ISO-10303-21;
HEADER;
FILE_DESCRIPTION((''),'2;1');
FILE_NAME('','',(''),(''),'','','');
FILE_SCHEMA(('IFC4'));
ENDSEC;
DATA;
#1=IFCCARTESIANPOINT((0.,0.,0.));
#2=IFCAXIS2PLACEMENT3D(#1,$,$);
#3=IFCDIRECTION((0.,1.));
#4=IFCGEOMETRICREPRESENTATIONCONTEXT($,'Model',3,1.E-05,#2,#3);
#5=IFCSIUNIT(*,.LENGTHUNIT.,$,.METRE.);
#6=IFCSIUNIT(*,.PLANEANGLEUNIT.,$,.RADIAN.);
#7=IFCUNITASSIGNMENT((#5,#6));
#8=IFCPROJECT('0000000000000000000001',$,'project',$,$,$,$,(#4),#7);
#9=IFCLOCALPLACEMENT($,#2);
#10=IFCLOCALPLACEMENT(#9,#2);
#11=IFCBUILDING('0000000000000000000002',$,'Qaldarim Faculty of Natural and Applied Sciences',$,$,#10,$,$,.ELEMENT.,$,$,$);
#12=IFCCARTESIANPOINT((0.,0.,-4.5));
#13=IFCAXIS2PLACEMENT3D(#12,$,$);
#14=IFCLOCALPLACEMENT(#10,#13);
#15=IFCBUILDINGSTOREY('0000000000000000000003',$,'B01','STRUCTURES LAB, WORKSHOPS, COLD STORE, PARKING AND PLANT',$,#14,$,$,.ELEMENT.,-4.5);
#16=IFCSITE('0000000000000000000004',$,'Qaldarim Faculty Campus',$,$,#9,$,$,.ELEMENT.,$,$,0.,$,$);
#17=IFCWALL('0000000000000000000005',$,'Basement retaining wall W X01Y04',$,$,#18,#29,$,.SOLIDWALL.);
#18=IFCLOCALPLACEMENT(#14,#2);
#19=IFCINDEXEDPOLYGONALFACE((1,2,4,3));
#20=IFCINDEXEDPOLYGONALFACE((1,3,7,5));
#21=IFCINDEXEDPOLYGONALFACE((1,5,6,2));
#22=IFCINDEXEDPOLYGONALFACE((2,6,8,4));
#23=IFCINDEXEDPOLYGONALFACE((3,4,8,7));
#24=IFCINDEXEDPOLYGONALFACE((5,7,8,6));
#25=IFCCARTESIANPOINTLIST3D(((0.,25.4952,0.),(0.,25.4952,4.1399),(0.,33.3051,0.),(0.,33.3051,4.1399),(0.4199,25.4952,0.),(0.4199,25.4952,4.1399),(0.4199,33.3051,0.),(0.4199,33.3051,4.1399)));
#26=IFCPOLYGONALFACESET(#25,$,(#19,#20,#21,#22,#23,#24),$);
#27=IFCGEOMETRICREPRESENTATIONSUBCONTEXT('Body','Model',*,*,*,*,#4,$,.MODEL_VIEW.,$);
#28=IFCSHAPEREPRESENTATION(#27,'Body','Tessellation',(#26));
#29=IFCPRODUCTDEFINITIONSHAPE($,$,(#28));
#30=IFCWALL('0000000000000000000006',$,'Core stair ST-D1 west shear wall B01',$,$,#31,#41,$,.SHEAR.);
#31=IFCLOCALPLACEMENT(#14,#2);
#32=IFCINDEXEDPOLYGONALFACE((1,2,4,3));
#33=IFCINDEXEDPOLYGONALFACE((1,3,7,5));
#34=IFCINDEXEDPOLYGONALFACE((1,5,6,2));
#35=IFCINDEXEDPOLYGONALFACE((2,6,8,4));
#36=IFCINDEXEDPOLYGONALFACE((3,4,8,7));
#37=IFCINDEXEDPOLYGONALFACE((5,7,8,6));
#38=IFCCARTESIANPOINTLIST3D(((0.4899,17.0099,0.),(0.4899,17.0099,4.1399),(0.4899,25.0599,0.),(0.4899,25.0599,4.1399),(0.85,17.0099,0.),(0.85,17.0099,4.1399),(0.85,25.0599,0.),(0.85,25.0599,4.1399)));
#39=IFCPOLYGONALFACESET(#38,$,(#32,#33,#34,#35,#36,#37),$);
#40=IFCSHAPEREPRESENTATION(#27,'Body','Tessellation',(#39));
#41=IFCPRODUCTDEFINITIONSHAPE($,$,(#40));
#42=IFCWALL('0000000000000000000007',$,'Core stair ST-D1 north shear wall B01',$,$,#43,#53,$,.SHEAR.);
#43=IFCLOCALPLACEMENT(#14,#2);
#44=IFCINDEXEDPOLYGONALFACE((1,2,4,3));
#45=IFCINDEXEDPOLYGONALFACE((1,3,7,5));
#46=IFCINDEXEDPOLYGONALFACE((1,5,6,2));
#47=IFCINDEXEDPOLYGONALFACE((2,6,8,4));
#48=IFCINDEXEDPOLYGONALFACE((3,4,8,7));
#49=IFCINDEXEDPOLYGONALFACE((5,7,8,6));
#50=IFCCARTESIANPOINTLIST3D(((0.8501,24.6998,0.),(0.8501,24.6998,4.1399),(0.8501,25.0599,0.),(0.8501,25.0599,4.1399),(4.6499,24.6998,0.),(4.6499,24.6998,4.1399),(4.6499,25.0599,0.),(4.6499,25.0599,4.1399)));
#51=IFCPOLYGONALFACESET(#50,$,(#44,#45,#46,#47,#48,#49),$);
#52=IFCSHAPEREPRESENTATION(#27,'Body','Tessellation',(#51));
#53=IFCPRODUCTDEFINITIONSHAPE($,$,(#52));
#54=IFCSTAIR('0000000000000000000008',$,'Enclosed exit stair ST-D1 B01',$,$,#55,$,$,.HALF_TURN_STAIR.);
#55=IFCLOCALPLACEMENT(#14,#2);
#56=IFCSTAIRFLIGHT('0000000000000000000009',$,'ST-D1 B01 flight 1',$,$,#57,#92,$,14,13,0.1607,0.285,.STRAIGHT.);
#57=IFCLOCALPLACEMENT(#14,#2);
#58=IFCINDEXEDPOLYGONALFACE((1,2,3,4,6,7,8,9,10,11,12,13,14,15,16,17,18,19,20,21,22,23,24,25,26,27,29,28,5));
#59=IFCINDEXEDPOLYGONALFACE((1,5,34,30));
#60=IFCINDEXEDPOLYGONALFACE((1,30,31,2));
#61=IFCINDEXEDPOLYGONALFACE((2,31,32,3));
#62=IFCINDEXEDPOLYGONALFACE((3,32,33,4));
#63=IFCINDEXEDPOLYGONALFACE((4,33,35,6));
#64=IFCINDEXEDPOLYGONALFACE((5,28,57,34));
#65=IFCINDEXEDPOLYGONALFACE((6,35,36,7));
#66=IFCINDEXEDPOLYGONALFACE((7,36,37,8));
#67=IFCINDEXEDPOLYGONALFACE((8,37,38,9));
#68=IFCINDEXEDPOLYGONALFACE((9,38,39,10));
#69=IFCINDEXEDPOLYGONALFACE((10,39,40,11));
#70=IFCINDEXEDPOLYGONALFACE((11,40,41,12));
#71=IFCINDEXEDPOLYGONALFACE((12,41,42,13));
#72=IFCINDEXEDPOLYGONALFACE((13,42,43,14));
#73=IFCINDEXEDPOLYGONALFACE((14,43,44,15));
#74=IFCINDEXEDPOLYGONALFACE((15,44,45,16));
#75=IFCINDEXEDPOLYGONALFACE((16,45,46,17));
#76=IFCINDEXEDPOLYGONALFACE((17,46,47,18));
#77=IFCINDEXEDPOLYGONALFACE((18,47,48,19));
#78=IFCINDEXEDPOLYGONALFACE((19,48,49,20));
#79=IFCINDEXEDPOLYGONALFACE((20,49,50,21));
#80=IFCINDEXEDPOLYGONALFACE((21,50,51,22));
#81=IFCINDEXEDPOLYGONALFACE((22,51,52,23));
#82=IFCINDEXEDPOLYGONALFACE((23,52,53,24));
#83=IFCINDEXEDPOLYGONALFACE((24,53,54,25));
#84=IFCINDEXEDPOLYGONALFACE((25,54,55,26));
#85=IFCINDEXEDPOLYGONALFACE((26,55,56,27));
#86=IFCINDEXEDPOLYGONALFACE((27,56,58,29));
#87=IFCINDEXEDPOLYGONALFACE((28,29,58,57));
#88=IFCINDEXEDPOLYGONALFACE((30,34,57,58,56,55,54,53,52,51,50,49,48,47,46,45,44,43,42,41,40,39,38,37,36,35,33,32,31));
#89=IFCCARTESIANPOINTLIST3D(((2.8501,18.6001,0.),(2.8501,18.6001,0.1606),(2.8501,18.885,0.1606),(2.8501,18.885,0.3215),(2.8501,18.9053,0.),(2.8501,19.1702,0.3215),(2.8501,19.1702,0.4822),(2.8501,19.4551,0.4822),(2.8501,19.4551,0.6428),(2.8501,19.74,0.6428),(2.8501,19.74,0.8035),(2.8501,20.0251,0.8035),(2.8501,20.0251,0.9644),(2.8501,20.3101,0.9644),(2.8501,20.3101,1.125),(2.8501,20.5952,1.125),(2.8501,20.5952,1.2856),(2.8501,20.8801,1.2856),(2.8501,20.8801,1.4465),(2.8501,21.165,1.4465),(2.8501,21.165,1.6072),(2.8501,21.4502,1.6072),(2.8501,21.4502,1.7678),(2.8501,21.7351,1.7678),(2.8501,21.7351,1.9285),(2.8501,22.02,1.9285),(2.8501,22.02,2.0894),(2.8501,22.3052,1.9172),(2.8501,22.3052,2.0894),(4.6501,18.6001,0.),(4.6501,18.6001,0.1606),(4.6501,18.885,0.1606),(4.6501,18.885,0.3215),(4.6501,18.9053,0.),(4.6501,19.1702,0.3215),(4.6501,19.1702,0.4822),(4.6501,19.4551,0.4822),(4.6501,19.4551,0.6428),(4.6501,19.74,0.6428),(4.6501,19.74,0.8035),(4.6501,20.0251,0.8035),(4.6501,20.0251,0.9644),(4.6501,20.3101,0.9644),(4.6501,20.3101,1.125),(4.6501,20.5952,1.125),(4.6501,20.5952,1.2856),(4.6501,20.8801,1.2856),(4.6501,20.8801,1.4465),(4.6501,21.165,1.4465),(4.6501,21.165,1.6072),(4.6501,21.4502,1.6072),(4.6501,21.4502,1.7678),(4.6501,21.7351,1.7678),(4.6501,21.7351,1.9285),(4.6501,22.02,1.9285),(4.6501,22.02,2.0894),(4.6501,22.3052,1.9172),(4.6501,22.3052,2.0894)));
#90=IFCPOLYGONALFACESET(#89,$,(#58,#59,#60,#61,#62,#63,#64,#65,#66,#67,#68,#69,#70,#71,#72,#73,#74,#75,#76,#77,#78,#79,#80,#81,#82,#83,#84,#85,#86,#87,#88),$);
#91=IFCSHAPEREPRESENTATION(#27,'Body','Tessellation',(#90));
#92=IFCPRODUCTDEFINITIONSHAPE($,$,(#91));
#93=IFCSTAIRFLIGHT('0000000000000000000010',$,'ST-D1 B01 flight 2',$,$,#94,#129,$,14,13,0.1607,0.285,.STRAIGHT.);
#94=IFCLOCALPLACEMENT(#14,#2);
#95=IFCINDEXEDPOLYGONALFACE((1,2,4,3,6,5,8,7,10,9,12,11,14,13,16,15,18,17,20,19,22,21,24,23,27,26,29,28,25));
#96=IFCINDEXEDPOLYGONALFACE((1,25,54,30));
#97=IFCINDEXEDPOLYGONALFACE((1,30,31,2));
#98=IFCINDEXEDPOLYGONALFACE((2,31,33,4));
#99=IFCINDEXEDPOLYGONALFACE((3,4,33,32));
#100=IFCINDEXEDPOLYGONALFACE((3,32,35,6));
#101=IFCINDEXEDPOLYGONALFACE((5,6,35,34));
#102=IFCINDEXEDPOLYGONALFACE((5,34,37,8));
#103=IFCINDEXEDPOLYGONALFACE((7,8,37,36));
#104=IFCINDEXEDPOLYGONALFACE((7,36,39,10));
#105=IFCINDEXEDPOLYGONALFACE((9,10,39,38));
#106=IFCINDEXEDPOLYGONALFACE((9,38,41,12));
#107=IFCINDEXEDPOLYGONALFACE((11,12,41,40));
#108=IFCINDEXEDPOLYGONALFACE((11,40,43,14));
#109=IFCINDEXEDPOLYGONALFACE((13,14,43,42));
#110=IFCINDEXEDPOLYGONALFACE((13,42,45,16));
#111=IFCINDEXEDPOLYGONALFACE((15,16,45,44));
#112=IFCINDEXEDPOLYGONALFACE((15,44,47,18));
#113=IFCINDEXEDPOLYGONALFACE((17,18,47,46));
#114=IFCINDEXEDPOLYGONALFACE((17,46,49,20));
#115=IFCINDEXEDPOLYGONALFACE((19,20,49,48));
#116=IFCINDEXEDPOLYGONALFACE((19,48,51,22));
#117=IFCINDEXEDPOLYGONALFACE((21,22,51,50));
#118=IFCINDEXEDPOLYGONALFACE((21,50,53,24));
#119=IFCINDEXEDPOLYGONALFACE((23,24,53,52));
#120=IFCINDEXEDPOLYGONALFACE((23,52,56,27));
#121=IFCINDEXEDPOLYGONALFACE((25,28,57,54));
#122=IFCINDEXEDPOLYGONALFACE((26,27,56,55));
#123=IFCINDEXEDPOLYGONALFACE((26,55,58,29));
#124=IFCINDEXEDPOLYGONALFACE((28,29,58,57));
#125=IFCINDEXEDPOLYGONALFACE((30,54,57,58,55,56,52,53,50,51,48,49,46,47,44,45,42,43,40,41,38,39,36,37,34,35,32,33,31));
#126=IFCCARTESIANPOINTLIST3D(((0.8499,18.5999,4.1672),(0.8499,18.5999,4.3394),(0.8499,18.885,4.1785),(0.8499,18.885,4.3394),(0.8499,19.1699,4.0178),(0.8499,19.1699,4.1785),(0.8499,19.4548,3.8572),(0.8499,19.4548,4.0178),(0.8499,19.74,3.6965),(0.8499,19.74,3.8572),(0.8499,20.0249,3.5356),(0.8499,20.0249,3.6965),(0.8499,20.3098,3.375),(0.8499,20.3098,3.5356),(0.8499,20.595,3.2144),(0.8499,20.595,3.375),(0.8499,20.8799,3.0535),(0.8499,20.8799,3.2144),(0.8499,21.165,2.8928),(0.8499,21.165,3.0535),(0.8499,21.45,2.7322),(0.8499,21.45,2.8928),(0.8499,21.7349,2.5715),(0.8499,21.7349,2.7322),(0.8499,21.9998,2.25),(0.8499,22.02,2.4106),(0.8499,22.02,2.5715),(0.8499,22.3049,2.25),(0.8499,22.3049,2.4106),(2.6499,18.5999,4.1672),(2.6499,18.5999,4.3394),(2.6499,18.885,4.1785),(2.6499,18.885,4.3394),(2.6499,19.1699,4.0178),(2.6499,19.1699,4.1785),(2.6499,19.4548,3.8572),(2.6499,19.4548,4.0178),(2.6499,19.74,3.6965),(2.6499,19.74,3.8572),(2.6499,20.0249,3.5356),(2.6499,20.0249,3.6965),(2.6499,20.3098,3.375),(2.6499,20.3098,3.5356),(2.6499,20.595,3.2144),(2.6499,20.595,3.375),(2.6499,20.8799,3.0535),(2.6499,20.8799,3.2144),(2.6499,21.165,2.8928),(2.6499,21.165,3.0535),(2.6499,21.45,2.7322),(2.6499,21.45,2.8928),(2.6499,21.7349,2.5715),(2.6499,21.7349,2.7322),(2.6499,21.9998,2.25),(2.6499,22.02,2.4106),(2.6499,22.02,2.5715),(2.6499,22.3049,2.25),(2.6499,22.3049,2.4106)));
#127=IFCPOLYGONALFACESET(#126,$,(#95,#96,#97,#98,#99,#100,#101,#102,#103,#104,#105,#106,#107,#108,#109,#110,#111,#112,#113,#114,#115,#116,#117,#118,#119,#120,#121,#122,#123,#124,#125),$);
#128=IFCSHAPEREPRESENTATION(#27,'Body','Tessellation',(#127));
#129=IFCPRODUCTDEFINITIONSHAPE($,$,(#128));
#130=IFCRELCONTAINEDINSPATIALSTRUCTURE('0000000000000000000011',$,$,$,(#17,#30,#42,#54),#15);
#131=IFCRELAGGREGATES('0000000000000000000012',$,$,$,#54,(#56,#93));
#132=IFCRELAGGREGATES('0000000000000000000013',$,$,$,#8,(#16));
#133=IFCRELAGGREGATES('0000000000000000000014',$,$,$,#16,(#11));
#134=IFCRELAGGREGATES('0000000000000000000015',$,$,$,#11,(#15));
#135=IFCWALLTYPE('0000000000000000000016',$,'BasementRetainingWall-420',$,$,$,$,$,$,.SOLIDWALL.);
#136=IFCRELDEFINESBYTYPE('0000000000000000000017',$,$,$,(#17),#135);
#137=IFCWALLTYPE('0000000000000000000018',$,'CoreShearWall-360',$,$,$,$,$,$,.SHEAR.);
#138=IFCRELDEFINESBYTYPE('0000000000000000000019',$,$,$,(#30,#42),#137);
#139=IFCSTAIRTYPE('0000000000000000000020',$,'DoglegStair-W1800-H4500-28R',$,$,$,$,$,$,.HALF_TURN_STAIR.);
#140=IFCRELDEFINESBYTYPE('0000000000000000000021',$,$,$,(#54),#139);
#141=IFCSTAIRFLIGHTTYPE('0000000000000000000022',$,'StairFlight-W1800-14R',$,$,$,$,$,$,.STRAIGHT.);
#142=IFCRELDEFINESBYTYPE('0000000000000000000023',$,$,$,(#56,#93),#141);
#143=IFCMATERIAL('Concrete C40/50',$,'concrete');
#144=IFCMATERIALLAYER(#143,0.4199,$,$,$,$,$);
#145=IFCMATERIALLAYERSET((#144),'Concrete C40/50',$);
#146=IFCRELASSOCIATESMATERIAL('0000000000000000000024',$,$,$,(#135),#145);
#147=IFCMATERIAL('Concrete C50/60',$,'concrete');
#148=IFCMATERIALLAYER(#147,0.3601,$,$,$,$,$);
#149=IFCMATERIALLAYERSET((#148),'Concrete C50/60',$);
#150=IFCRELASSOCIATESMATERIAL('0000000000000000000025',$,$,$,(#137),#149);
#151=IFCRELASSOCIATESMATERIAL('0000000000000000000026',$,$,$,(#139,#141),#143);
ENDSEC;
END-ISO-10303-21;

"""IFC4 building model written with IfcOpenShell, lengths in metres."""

from ifc_helpers import new_model, si_unit, direction, frame, frame_2d, origin, place, context, subcontext, project, spatial, polyline, rectangle, outline, extrude, material, layer, layer_set, type_object, element, aggregate, save


model = new_model("IFC4")

# Units and contexts
model_context = context("Model", 3, precision=1e-05, world=origin(), true_north=direction((0.0, 1.0)))
body_context = subcontext(model_context, "Body", "Model", "MODEL_VIEW")
ifc_project = project(units=[si_unit("LENGTHUNIT", "METRE"), si_unit("PLANEANGLEUNIT", "RADIAN")], contexts=[model_context])

# Site, building, storey
site_placement = place(None, origin())
site = spatial("IfcSite", under=ifc_project, at=site_placement, Name="Qaldarim Faculty Campus", CompositionType="ELEMENT", RefElevation=0.0)
building_placement = place(site_placement, origin())
building = spatial("IfcBuilding", under=site, at=building_placement, Name="Qaldarim Faculty of Natural and Applied Sciences", CompositionType="ELEMENT")
storey_placement = place(building_placement, frame((0.0, 0.0, -4.5)))
storey = spatial("IfcBuildingStorey", under=building, at=storey_placement, Name="B01", Description="STRUCTURES LAB, WORKSHOPS, COLD STORE, PARKING AND PLANT", CompositionType="ELEMENT", Elevation=-4.5)

# Shared definitions
ifc_material_1 = material(Name="Concrete C40/50", Category="concrete")

# Shared definitions
ifc_material_2 = material(Name="Concrete C50/60", Category="concrete")

# Walls
ifc_layer_1 = layer(ifc_material_1, 0.4199)
ifc_layer_set_1 = layer_set([ifc_layer_1], Name="Concrete C40/50")
wall_type_1 = type_object("IfcWallType", Name="BasementRetainingWall-420", PredefinedType="SOLIDWALL", material=ifc_layer_set_1)
wall_1_placement = place(storey_placement, frame((0.21, 33.3049, 0.0), z_axis=(0.0, 0.0, 1.0), x_axis=(0.0, -1.0, 0.0)))
element("IfcWall", 1, at=wall_1_placement, inside=storey, type_object=wall_type_1, Name="Basement retaining wall W X01Y04", PredefinedType="SOLIDWALL", context=body_context, shape_type="SweptSolid", body=[
    extrude(rectangle(XDim=7.8098, YDim=0.4199, at=frame_2d((3.9048, 0.0))), origin(), (0.0, 0.0, 1.0), 4.1399),
])
ifc_layer_2 = layer(ifc_material_2, 0.3601)
ifc_layer_set_2 = layer_set([ifc_layer_2], Name="Concrete C50/60")
wall_type_2 = type_object("IfcWallType", Name="CoreShearWall-360", PredefinedType="SHEAR", material=ifc_layer_set_2)
wall_2_placement = place(storey_placement, frame((0.6699, 17.01, 0.0), z_axis=(0.0, 0.0, 1.0), x_axis=(0.0, 1.0, 0.0)))
element("IfcWall", 2, at=wall_2_placement, inside=storey, type_object=wall_type_2, Name="Core stair ST-D1 west shear wall B01", PredefinedType="SHEAR", context=body_context, shape_type="SweptSolid", body=[
    extrude(rectangle(XDim=8.05, YDim=0.3601, at=frame_2d((4.0249, 0.0))), origin(), (0.0, 0.0, 1.0), 4.1399),
])
wall_3_placement = place(storey_placement, frame((0.8501, 24.8799, 0.0), z_axis=(0.0, 0.0, 1.0), x_axis=(1.0, 0.0, 0.0)))
element("IfcWall", 3, at=wall_3_placement, inside=storey, type_object=wall_type_2, Name="Core stair ST-D1 north shear wall B01", PredefinedType="SHEAR", context=body_context, shape_type="SweptSolid", body=[
    extrude(rectangle(XDim=3.7998, YDim=0.3601, at=frame_2d((1.8999, 0.0))), origin(), (0.0, 0.0, 1.0), 4.1399),
])

# Stair, stair flights
stair_type = type_object("IfcStairType", Name="DoglegStair-W1800-H4500-28R", PredefinedType="HALF_TURN_STAIR", material=ifc_material_1)
stair_placement = place(storey_placement, origin())
stair = element("IfcStair", 4, at=stair_placement, inside=storey, type_object=stair_type, Name="Enclosed exit stair ST-D1 B01", PredefinedType="HALF_TURN_STAIR")
stair_flight_type = type_object("IfcStairFlightType", Name="StairFlight-W1800-14R", PredefinedType="STRAIGHT", material=ifc_material_1)
stair_flight_1_placement = place(storey_placement, frame((3.75, 18.6001, 0.0), z_axis=(0.0, 0.0, 1.0), x_axis=(0.0, 1.0, 0.0)))
stair_flight_1 = element("IfcStairFlight", 5, at=stair_flight_1_placement, type_object=stair_flight_type, Name="ST-D1 B01 flight 1", NumberOfRisers=14, NumberOfTreads=13, PredefinedType="STRAIGHT", RiserHeight=0.1607, TreadLength=0.285, context=body_context, shape_type="SweptSolid", body=[
    extrude(outline(polyline([(0.0, 0.0), (0.0, 0.1606), (0.2849, 0.1606), (0.2849, 0.3215), (0.5701, 0.3215), (0.5701, 0.4822), (0.855, 0.4822), (0.855, 0.6428), (1.1399, 0.6428), (1.1399, 0.8035), (1.425, 0.8035), (1.425, 0.9644), (1.71, 0.9644), (1.71, 1.125), (1.9951, 1.125), (1.9951, 1.2856), (2.28, 1.2856), (2.28, 1.4465), (2.5649, 1.4465), (2.5649, 1.6072), (2.8501, 1.6072), (2.8501, 1.7678), (3.135, 1.7678), (3.135, 1.9285), (3.4199, 1.9285), (3.4199, 2.0894), (3.7051, 2.0894), (3.7051, 2.25), (3.7051, 1.9172), (0.3052, 0.0), (0.0, 0.0)])), frame((0.0, 0.8999, 0.0), z_axis=(0.0, -1.0, 0.0), x_axis=(1.0, 0.0, 0.0)), (0.0, 0.0, 1.0), 1.8),
])
stair_flight_2_placement = place(storey_placement, frame((1.75, 22.3049, 2.25), z_axis=(0.0, 0.0, 1.0), x_axis=(0.0, -1.0, 0.0)))
stair_flight_2 = element("IfcStairFlight", 6, at=stair_flight_2_placement, type_object=stair_flight_type, Name="ST-D1 B01 flight 2", NumberOfRisers=14, NumberOfTreads=13, PredefinedType="STRAIGHT", RiserHeight=0.1607, TreadLength=0.285, context=body_context, shape_type="SweptSolid", body=[
    extrude(outline(polyline([(0.0, 0.0), (0.0, 0.1606), (0.2849, 0.1606), (0.2849, 0.3215), (0.5701, 0.3215), (0.5701, 0.4822), (0.855, 0.4822), (0.855, 0.6428), (1.1399, 0.6428), (1.1399, 0.8035), (1.425, 0.8035), (1.425, 0.9644), (1.71, 0.9644), (1.71, 1.125), (1.9951, 1.125), (1.9951, 1.2856), (2.28, 1.2856), (2.28, 1.4465), (2.5649, 1.4465), (2.5649, 1.6072), (2.8501, 1.6072), (2.8501, 1.7678), (3.135, 1.7678), (3.135, 1.9285), (3.4199, 1.9285), (3.4199, 2.0894), (3.7051, 2.0894), (3.7051, 2.25), (3.7051, 1.9172), (0.3052, 0.0), (0.0, 0.0)])), frame((0.0, 0.8999, 0.0), z_axis=(0.0, -1.0, 0.0), x_axis=(1.0, 0.0, 0.0)), (0.0, 0.0, 1.0), 1.8),
])
aggregate(stair, [stair_flight_1, stair_flight_2])

save(model, "model.ifc")
